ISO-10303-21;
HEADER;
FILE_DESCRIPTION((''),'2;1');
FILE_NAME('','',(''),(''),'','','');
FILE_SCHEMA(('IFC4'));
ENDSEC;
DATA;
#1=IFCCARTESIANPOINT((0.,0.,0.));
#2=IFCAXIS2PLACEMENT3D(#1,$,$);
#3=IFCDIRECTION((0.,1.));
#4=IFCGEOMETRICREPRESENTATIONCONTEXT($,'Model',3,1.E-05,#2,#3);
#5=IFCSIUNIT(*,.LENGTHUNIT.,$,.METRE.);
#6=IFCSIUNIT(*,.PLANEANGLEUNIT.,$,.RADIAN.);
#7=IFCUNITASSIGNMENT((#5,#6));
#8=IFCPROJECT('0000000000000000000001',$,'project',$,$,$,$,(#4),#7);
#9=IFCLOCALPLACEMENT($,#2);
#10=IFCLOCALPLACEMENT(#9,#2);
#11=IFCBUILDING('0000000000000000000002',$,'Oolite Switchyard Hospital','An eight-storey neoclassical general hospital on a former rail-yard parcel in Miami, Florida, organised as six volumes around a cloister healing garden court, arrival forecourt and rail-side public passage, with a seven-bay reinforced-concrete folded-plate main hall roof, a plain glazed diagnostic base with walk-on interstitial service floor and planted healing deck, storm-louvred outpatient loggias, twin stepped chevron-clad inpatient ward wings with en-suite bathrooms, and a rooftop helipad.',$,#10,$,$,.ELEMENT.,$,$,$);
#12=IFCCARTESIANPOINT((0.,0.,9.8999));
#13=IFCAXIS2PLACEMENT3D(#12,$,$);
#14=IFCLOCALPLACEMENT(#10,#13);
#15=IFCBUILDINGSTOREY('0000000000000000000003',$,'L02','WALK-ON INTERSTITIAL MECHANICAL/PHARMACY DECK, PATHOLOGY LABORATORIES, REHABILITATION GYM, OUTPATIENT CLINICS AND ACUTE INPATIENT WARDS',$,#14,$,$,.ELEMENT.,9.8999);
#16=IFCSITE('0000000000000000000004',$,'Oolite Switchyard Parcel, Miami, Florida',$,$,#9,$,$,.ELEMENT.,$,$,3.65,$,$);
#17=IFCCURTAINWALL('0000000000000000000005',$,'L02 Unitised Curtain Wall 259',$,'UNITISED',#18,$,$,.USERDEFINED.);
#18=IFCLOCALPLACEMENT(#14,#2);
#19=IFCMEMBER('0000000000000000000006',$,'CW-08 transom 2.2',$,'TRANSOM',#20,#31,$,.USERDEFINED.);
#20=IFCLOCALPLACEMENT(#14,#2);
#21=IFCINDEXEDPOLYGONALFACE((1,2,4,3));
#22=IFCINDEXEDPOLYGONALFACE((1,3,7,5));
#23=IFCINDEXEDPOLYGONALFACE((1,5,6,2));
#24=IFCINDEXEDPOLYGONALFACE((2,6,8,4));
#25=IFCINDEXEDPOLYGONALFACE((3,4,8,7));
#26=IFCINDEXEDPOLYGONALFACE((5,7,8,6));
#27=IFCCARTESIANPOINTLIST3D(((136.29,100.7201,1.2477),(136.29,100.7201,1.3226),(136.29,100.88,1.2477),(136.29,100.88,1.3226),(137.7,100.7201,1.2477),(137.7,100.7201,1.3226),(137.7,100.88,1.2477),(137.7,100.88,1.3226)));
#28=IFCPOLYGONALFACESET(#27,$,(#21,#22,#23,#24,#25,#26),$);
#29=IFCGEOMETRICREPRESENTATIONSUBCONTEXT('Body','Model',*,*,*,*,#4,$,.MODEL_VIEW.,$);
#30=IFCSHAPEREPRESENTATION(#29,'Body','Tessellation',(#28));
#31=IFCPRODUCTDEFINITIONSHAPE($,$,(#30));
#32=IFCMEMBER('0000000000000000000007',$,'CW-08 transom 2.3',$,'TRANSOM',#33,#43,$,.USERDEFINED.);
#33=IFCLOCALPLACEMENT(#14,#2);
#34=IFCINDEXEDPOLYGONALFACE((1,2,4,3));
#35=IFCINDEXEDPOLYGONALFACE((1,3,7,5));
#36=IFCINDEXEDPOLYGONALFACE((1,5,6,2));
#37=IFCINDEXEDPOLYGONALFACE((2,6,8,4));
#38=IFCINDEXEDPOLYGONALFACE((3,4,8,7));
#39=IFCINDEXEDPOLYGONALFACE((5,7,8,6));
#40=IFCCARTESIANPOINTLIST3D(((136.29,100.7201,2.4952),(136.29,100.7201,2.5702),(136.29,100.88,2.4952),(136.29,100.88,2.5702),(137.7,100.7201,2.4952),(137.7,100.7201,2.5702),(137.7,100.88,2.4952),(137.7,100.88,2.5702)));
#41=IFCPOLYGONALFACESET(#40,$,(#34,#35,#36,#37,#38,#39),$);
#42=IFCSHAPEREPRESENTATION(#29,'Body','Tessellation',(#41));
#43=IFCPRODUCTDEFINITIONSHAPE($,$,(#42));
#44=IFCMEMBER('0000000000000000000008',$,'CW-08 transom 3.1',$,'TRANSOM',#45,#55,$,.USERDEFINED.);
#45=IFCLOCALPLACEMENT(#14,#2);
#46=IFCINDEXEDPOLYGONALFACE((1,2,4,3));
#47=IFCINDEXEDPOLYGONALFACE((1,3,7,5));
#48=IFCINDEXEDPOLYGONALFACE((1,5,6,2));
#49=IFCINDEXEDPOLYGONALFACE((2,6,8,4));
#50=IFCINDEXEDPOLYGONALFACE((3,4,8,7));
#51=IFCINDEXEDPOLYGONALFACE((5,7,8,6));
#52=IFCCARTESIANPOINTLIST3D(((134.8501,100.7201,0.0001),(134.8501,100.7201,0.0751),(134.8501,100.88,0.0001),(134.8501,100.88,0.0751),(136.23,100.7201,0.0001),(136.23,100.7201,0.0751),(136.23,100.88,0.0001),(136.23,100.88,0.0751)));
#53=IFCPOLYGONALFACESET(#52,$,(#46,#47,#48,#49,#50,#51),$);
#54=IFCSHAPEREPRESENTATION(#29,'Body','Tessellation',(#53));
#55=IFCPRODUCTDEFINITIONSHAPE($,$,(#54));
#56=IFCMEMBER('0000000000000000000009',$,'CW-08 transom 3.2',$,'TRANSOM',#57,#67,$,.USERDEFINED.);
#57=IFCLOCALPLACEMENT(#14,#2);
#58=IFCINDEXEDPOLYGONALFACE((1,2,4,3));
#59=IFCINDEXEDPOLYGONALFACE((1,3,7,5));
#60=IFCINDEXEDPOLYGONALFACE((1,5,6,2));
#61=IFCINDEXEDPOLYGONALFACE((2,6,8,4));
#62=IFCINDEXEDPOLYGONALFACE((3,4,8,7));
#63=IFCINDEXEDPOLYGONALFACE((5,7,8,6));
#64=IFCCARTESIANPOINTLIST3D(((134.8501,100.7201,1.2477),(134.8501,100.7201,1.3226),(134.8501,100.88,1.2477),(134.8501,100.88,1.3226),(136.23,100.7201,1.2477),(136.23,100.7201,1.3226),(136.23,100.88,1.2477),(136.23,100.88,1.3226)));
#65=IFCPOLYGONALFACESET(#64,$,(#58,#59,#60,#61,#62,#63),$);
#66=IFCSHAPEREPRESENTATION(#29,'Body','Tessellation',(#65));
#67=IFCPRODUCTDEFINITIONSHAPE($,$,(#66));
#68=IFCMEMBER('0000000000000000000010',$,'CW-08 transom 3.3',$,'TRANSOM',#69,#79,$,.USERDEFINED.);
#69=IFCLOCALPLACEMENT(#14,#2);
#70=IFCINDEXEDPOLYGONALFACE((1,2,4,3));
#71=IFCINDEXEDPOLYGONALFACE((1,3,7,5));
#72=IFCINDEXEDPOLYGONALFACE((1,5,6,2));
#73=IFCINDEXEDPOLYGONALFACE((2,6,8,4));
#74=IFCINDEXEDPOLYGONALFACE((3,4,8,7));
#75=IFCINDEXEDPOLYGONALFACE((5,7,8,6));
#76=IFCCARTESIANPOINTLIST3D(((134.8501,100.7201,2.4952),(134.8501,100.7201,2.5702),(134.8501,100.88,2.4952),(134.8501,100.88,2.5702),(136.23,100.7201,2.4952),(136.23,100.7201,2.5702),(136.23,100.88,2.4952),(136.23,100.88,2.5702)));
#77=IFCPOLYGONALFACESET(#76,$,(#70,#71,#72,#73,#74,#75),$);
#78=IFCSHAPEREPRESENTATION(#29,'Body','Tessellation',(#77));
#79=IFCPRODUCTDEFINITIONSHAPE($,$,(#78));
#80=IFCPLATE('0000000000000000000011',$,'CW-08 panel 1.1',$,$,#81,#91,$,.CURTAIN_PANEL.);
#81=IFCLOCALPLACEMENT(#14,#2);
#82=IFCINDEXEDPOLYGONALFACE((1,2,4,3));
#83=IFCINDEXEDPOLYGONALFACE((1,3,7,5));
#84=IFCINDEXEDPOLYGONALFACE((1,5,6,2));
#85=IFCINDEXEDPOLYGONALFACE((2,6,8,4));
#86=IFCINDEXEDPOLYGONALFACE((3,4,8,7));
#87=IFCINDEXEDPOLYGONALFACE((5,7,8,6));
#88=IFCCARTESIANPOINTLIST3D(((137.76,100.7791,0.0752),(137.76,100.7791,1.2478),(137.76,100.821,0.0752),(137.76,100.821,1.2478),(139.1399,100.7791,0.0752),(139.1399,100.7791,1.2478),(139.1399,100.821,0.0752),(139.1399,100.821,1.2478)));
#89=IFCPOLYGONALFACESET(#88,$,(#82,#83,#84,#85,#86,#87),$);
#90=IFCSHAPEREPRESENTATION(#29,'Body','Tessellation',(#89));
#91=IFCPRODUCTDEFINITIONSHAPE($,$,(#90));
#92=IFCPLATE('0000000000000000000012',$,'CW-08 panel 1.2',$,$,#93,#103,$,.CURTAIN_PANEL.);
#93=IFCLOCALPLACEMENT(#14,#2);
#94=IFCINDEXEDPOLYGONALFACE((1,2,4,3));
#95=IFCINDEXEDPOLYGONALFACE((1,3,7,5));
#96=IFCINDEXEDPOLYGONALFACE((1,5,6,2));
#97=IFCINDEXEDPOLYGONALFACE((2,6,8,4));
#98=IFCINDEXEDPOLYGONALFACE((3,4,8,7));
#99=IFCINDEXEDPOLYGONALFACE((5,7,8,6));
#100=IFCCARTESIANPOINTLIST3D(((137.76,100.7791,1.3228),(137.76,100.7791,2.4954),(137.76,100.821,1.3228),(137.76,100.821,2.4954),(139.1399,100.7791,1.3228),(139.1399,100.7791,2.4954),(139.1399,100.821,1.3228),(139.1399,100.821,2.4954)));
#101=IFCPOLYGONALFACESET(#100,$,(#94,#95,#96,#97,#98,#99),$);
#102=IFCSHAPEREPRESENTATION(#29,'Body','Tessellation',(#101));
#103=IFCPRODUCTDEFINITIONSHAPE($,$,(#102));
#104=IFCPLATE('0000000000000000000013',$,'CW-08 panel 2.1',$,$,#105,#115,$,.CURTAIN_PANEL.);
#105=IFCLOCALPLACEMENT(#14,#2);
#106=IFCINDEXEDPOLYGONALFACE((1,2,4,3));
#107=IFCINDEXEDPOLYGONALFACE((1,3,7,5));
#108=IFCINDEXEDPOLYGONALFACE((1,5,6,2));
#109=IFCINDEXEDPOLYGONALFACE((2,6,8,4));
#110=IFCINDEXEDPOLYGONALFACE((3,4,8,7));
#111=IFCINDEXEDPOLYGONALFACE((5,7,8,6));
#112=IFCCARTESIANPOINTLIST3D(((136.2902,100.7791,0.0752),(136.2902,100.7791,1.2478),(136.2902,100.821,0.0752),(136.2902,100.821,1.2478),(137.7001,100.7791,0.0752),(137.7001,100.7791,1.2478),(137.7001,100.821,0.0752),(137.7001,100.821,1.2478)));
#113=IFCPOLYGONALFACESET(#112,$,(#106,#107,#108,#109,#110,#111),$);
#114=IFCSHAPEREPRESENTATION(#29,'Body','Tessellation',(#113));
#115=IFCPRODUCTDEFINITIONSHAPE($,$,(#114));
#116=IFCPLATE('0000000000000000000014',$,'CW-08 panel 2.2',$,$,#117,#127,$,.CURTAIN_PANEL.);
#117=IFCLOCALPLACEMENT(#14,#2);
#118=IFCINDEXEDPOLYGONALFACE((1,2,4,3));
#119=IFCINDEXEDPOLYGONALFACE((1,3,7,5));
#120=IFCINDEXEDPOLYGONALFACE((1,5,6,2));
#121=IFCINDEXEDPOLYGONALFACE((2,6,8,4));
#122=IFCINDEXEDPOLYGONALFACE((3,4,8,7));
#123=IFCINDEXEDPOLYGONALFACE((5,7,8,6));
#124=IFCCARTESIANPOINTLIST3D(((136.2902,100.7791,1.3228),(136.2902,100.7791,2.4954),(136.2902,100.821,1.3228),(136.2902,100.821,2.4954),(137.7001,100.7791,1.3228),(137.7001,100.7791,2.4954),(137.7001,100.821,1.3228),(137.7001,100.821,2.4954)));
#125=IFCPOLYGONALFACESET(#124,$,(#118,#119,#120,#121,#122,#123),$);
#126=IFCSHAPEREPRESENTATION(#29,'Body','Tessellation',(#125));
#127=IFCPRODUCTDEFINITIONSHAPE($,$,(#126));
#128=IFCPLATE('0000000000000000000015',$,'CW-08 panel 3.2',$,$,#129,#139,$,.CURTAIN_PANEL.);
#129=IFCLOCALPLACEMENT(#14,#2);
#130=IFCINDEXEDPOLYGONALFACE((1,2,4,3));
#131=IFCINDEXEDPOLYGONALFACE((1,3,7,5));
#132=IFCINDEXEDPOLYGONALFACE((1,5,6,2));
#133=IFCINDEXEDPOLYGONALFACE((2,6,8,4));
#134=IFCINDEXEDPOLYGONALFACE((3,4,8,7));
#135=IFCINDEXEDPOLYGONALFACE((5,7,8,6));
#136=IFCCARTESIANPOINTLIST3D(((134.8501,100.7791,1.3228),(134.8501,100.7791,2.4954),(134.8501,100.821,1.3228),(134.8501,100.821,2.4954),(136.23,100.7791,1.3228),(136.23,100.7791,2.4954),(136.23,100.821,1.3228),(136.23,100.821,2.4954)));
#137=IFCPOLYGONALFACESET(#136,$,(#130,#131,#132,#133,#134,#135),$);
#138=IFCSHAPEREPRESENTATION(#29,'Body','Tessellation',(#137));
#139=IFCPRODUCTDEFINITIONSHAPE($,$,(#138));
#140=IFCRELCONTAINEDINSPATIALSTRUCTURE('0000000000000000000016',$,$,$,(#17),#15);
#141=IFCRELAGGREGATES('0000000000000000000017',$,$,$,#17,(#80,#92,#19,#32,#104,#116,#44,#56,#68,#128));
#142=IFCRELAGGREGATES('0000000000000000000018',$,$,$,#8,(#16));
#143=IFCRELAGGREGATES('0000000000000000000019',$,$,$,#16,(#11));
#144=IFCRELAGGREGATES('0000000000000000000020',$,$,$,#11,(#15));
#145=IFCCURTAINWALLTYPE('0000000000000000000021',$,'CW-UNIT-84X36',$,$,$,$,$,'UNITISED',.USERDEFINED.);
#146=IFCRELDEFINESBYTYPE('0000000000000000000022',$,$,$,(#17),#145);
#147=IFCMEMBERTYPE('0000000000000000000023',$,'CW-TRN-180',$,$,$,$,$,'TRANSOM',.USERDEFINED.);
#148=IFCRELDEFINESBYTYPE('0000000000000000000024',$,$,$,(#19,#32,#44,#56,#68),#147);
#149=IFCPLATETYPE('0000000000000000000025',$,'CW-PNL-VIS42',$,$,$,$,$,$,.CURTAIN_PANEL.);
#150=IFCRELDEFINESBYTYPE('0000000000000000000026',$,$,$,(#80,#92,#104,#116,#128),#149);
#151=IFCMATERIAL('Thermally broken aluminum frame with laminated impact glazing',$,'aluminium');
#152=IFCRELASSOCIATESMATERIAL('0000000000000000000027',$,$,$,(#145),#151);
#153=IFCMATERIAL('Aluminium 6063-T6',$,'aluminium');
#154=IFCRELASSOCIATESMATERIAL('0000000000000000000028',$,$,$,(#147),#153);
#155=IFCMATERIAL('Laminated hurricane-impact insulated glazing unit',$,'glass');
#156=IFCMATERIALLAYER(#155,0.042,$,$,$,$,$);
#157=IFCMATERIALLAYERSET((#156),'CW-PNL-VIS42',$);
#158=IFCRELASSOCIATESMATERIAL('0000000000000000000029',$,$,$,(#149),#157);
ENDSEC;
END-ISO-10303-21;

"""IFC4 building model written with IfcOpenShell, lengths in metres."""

from ifc_helpers import new_model, si_unit, direction, frame, origin, origin_2d, place, context, subcontext, project, spatial, rectangle, extrude, material, layer, layer_set, material_profile, profile_set, type_object, element, aggregate, save


model = new_model("IFC4")

# Units and contexts
model_context = context("Model", 3, precision=1e-05, world=origin(), true_north=direction((0.0, 1.0)))
body_context = subcontext(model_context, "Body", "Model", "MODEL_VIEW")
ifc_project = project(units=[si_unit("LENGTHUNIT", "METRE"), si_unit("PLANEANGLEUNIT", "RADIAN")], contexts=[model_context])

# Site, building, storey
site_placement = place(None, origin())
site = spatial("IfcSite", under=ifc_project, at=site_placement, Name="Oolite Switchyard Parcel, Miami, Florida", CompositionType="ELEMENT", RefElevation=3.65)
building_placement = place(site_placement, origin())
building = spatial("IfcBuilding", under=site, at=building_placement, Name="Oolite Switchyard Hospital", Description="An eight-storey neoclassical general hospital on a former rail-yard parcel in Miami, Florida, organised as six volumes around a cloister healing garden court, arrival forecourt and rail-side public passage, with a seven-bay reinforced-concrete folded-plate main hall roof, a plain glazed diagnostic base with walk-on interstitial service floor and planted healing deck, storm-louvred outpatient loggias, twin stepped chevron-clad inpatient ward wings with en-suite bathrooms, and a rooftop helipad.", CompositionType="ELEMENT")
storey_placement = place(building_placement, frame((0.0, 0.0, 9.8999)))
storey = spatial("IfcBuildingStorey", under=building, at=storey_placement, Name="L02", Description="WALK-ON INTERSTITIAL MECHANICAL/PHARMACY DECK, PATHOLOGY LABORATORIES, REHABILITATION GYM, OUTPATIENT CLINICS AND ACUTE INPATIENT WARDS", CompositionType="ELEMENT", Elevation=9.8999)

# Curtain wall, members, plates
ifc_material_1 = material(Name="Thermally broken aluminum frame with laminated impact glazing", Category="aluminium")
curtain_wall_type = type_object("IfcCurtainWallType", Name="CW-UNIT-84X36", ElementType="UNITISED", PredefinedType="USERDEFINED", material=ifc_material_1)
curtain_wall_placement = place(storey_placement, origin())
curtain_wall = element("IfcCurtainWall", 1, at=curtain_wall_placement, inside=storey, type_object=curtain_wall_type, Name="L02 Unitised Curtain Wall 259", ObjectType="UNITISED", PredefinedType="USERDEFINED")
ifc_material_2 = material(Name="Aluminium 6063-T6", Category="aluminium")
ifc_material_profile_1 = material_profile(ifc_material_2, rectangle(XDim=0.1599, YDim=0.075, at=origin_2d()), Name="CWT75X160")
ifc_profile_set_1 = profile_set([ifc_material_profile_1], Name="Aluminium 6063-T6")
member_type_1 = type_object("IfcMemberType", Name="CW-TRN-180", ElementType="TRANSOM", PredefinedType="USERDEFINED", material=ifc_profile_set_1)
member_1_placement = place(storey_placement, frame((137.7, 100.8, 1.2852), z_axis=(-1.0, 0.0, 0.0), x_axis=(0.0, -1.0, 0.0)))
member_1 = element("IfcMember", 2, at=member_1_placement, type_object=member_type_1, Name="CW-08 transom 2.2", ObjectType="TRANSOM", PredefinedType="USERDEFINED", context=body_context, shape_type="SweptSolid", body=[
    extrude(rectangle(XDim=0.1599, YDim=0.075, at=origin_2d()), origin(), (0.0, 0.0, 1.0), 1.4099),
])
member_2_placement = place(storey_placement, frame((137.7, 100.8, 2.5327), z_axis=(-1.0, 0.0, 0.0), x_axis=(0.0, -1.0, 0.0)))
member_2 = element("IfcMember", 3, at=member_2_placement, type_object=member_type_1, Name="CW-08 transom 2.3", ObjectType="TRANSOM", PredefinedType="USERDEFINED", context=body_context, shape_type="SweptSolid", body=[
    extrude(rectangle(XDim=0.1599, YDim=0.075, at=origin_2d()), origin(), (0.0, 0.0, 1.0), 1.4099),
])
member_3_placement = place(storey_placement, frame((136.23, 100.8, 0.0376), z_axis=(-1.0, 0.0, 0.0), x_axis=(0.0, -1.0, 0.0)))
member_3 = element("IfcMember", 4, at=member_3_placement, type_object=member_type_1, Name="CW-08 transom 3.1", ObjectType="TRANSOM", PredefinedType="USERDEFINED", context=body_context, shape_type="SweptSolid", body=[
    extrude(rectangle(XDim=0.1599, YDim=0.075, at=origin_2d()), origin(), (0.0, 0.0, 1.0), 1.3799),
])
member_4_placement = place(storey_placement, frame((136.23, 100.8, 1.2852), z_axis=(-1.0, 0.0, 0.0), x_axis=(0.0, -1.0, 0.0)))
member_4 = element("IfcMember", 5, at=member_4_placement, type_object=member_type_1, Name="CW-08 transom 3.2", ObjectType="TRANSOM", PredefinedType="USERDEFINED", context=body_context, shape_type="SweptSolid", body=[
    extrude(rectangle(XDim=0.1599, YDim=0.075, at=origin_2d()), origin(), (0.0, 0.0, 1.0), 1.3799),
])
member_5_placement = place(storey_placement, frame((136.23, 100.8, 2.5327), z_axis=(-1.0, 0.0, 0.0), x_axis=(0.0, -1.0, 0.0)))
member_5 = element("IfcMember", 6, at=member_5_placement, type_object=member_type_1, Name="CW-08 transom 3.3", ObjectType="TRANSOM", PredefinedType="USERDEFINED", context=body_context, shape_type="SweptSolid", body=[
    extrude(rectangle(XDim=0.1599, YDim=0.075, at=origin_2d()), origin(), (0.0, 0.0, 1.0), 1.3799),
])
ifc_material_3 = material(Name="Laminated hurricane-impact insulated glazing unit", Category="glass")
ifc_layer = layer(ifc_material_3, 0.042)
ifc_layer_set = layer_set([ifc_layer], Name="CW-PNL-VIS42")
plate_type = type_object("IfcPlateType", Name="CW-PNL-VIS42", PredefinedType="CURTAIN_PANEL", material=ifc_layer_set)
plate_1_placement = place(storey_placement, frame((138.45, 100.8, 0.0752), z_axis=(0.0, 0.0, 1.0), x_axis=(-1.0, 0.0, 0.0)))
plate_1 = element("IfcPlate", 7, at=plate_1_placement, type_object=plate_type, Name="CW-08 panel 1.1", PredefinedType="CURTAIN_PANEL", context=body_context, shape_type="SweptSolid", body=[
    extrude(rectangle(XDim=1.3799, YDim=0.042, at=origin_2d()), origin(), (0.0, 0.0, 1.0), 1.1726),
])
plate_2_placement = place(storey_placement, frame((138.45, 100.8, 1.3228), z_axis=(0.0, 0.0, 1.0), x_axis=(-1.0, 0.0, 0.0)))
plate_2 = element("IfcPlate", 8, at=plate_2_placement, type_object=plate_type, Name="CW-08 panel 1.2", PredefinedType="CURTAIN_PANEL", context=body_context, shape_type="SweptSolid", body=[
    extrude(rectangle(XDim=1.3799, YDim=0.042, at=origin_2d()), origin(), (0.0, 0.0, 1.0), 1.1726),
])
plate_3_placement = place(storey_placement, frame((136.9951, 100.8, 0.0752), z_axis=(0.0, 0.0, 1.0), x_axis=(-1.0, 0.0, 0.0)))
plate_3 = element("IfcPlate", 9, at=plate_3_placement, type_object=plate_type, Name="CW-08 panel 2.1", PredefinedType="CURTAIN_PANEL", context=body_context, shape_type="SweptSolid", body=[
    extrude(rectangle(XDim=1.4099, YDim=0.042, at=origin_2d()), origin(), (0.0, 0.0, 1.0), 1.1726),
])
plate_4_placement = place(storey_placement, frame((136.9951, 100.8, 1.3228), z_axis=(0.0, 0.0, 1.0), x_axis=(-1.0, 0.0, 0.0)))
plate_4 = element("IfcPlate", 10, at=plate_4_placement, type_object=plate_type, Name="CW-08 panel 2.2", PredefinedType="CURTAIN_PANEL", context=body_context, shape_type="SweptSolid", body=[
    extrude(rectangle(XDim=1.4099, YDim=0.042, at=origin_2d()), origin(), (0.0, 0.0, 1.0), 1.1726),
])
plate_5_placement = place(storey_placement, frame((135.54, 100.8, 1.3228), z_axis=(0.0, 0.0, 1.0), x_axis=(-1.0, 0.0, 0.0)))
plate_5 = element("IfcPlate", 11, at=plate_5_placement, type_object=plate_type, Name="CW-08 panel 3.2", PredefinedType="CURTAIN_PANEL", context=body_context, shape_type="SweptSolid", body=[
    extrude(rectangle(XDim=1.3799, YDim=0.042, at=origin_2d()), origin(), (0.0, 0.0, 1.0), 1.1726),
])
aggregate(curtain_wall, [plate_1, plate_2, member_1, member_2, plate_3, plate_4, member_3, member_4, member_5, plate_5])

save(model, "model.ifc")
